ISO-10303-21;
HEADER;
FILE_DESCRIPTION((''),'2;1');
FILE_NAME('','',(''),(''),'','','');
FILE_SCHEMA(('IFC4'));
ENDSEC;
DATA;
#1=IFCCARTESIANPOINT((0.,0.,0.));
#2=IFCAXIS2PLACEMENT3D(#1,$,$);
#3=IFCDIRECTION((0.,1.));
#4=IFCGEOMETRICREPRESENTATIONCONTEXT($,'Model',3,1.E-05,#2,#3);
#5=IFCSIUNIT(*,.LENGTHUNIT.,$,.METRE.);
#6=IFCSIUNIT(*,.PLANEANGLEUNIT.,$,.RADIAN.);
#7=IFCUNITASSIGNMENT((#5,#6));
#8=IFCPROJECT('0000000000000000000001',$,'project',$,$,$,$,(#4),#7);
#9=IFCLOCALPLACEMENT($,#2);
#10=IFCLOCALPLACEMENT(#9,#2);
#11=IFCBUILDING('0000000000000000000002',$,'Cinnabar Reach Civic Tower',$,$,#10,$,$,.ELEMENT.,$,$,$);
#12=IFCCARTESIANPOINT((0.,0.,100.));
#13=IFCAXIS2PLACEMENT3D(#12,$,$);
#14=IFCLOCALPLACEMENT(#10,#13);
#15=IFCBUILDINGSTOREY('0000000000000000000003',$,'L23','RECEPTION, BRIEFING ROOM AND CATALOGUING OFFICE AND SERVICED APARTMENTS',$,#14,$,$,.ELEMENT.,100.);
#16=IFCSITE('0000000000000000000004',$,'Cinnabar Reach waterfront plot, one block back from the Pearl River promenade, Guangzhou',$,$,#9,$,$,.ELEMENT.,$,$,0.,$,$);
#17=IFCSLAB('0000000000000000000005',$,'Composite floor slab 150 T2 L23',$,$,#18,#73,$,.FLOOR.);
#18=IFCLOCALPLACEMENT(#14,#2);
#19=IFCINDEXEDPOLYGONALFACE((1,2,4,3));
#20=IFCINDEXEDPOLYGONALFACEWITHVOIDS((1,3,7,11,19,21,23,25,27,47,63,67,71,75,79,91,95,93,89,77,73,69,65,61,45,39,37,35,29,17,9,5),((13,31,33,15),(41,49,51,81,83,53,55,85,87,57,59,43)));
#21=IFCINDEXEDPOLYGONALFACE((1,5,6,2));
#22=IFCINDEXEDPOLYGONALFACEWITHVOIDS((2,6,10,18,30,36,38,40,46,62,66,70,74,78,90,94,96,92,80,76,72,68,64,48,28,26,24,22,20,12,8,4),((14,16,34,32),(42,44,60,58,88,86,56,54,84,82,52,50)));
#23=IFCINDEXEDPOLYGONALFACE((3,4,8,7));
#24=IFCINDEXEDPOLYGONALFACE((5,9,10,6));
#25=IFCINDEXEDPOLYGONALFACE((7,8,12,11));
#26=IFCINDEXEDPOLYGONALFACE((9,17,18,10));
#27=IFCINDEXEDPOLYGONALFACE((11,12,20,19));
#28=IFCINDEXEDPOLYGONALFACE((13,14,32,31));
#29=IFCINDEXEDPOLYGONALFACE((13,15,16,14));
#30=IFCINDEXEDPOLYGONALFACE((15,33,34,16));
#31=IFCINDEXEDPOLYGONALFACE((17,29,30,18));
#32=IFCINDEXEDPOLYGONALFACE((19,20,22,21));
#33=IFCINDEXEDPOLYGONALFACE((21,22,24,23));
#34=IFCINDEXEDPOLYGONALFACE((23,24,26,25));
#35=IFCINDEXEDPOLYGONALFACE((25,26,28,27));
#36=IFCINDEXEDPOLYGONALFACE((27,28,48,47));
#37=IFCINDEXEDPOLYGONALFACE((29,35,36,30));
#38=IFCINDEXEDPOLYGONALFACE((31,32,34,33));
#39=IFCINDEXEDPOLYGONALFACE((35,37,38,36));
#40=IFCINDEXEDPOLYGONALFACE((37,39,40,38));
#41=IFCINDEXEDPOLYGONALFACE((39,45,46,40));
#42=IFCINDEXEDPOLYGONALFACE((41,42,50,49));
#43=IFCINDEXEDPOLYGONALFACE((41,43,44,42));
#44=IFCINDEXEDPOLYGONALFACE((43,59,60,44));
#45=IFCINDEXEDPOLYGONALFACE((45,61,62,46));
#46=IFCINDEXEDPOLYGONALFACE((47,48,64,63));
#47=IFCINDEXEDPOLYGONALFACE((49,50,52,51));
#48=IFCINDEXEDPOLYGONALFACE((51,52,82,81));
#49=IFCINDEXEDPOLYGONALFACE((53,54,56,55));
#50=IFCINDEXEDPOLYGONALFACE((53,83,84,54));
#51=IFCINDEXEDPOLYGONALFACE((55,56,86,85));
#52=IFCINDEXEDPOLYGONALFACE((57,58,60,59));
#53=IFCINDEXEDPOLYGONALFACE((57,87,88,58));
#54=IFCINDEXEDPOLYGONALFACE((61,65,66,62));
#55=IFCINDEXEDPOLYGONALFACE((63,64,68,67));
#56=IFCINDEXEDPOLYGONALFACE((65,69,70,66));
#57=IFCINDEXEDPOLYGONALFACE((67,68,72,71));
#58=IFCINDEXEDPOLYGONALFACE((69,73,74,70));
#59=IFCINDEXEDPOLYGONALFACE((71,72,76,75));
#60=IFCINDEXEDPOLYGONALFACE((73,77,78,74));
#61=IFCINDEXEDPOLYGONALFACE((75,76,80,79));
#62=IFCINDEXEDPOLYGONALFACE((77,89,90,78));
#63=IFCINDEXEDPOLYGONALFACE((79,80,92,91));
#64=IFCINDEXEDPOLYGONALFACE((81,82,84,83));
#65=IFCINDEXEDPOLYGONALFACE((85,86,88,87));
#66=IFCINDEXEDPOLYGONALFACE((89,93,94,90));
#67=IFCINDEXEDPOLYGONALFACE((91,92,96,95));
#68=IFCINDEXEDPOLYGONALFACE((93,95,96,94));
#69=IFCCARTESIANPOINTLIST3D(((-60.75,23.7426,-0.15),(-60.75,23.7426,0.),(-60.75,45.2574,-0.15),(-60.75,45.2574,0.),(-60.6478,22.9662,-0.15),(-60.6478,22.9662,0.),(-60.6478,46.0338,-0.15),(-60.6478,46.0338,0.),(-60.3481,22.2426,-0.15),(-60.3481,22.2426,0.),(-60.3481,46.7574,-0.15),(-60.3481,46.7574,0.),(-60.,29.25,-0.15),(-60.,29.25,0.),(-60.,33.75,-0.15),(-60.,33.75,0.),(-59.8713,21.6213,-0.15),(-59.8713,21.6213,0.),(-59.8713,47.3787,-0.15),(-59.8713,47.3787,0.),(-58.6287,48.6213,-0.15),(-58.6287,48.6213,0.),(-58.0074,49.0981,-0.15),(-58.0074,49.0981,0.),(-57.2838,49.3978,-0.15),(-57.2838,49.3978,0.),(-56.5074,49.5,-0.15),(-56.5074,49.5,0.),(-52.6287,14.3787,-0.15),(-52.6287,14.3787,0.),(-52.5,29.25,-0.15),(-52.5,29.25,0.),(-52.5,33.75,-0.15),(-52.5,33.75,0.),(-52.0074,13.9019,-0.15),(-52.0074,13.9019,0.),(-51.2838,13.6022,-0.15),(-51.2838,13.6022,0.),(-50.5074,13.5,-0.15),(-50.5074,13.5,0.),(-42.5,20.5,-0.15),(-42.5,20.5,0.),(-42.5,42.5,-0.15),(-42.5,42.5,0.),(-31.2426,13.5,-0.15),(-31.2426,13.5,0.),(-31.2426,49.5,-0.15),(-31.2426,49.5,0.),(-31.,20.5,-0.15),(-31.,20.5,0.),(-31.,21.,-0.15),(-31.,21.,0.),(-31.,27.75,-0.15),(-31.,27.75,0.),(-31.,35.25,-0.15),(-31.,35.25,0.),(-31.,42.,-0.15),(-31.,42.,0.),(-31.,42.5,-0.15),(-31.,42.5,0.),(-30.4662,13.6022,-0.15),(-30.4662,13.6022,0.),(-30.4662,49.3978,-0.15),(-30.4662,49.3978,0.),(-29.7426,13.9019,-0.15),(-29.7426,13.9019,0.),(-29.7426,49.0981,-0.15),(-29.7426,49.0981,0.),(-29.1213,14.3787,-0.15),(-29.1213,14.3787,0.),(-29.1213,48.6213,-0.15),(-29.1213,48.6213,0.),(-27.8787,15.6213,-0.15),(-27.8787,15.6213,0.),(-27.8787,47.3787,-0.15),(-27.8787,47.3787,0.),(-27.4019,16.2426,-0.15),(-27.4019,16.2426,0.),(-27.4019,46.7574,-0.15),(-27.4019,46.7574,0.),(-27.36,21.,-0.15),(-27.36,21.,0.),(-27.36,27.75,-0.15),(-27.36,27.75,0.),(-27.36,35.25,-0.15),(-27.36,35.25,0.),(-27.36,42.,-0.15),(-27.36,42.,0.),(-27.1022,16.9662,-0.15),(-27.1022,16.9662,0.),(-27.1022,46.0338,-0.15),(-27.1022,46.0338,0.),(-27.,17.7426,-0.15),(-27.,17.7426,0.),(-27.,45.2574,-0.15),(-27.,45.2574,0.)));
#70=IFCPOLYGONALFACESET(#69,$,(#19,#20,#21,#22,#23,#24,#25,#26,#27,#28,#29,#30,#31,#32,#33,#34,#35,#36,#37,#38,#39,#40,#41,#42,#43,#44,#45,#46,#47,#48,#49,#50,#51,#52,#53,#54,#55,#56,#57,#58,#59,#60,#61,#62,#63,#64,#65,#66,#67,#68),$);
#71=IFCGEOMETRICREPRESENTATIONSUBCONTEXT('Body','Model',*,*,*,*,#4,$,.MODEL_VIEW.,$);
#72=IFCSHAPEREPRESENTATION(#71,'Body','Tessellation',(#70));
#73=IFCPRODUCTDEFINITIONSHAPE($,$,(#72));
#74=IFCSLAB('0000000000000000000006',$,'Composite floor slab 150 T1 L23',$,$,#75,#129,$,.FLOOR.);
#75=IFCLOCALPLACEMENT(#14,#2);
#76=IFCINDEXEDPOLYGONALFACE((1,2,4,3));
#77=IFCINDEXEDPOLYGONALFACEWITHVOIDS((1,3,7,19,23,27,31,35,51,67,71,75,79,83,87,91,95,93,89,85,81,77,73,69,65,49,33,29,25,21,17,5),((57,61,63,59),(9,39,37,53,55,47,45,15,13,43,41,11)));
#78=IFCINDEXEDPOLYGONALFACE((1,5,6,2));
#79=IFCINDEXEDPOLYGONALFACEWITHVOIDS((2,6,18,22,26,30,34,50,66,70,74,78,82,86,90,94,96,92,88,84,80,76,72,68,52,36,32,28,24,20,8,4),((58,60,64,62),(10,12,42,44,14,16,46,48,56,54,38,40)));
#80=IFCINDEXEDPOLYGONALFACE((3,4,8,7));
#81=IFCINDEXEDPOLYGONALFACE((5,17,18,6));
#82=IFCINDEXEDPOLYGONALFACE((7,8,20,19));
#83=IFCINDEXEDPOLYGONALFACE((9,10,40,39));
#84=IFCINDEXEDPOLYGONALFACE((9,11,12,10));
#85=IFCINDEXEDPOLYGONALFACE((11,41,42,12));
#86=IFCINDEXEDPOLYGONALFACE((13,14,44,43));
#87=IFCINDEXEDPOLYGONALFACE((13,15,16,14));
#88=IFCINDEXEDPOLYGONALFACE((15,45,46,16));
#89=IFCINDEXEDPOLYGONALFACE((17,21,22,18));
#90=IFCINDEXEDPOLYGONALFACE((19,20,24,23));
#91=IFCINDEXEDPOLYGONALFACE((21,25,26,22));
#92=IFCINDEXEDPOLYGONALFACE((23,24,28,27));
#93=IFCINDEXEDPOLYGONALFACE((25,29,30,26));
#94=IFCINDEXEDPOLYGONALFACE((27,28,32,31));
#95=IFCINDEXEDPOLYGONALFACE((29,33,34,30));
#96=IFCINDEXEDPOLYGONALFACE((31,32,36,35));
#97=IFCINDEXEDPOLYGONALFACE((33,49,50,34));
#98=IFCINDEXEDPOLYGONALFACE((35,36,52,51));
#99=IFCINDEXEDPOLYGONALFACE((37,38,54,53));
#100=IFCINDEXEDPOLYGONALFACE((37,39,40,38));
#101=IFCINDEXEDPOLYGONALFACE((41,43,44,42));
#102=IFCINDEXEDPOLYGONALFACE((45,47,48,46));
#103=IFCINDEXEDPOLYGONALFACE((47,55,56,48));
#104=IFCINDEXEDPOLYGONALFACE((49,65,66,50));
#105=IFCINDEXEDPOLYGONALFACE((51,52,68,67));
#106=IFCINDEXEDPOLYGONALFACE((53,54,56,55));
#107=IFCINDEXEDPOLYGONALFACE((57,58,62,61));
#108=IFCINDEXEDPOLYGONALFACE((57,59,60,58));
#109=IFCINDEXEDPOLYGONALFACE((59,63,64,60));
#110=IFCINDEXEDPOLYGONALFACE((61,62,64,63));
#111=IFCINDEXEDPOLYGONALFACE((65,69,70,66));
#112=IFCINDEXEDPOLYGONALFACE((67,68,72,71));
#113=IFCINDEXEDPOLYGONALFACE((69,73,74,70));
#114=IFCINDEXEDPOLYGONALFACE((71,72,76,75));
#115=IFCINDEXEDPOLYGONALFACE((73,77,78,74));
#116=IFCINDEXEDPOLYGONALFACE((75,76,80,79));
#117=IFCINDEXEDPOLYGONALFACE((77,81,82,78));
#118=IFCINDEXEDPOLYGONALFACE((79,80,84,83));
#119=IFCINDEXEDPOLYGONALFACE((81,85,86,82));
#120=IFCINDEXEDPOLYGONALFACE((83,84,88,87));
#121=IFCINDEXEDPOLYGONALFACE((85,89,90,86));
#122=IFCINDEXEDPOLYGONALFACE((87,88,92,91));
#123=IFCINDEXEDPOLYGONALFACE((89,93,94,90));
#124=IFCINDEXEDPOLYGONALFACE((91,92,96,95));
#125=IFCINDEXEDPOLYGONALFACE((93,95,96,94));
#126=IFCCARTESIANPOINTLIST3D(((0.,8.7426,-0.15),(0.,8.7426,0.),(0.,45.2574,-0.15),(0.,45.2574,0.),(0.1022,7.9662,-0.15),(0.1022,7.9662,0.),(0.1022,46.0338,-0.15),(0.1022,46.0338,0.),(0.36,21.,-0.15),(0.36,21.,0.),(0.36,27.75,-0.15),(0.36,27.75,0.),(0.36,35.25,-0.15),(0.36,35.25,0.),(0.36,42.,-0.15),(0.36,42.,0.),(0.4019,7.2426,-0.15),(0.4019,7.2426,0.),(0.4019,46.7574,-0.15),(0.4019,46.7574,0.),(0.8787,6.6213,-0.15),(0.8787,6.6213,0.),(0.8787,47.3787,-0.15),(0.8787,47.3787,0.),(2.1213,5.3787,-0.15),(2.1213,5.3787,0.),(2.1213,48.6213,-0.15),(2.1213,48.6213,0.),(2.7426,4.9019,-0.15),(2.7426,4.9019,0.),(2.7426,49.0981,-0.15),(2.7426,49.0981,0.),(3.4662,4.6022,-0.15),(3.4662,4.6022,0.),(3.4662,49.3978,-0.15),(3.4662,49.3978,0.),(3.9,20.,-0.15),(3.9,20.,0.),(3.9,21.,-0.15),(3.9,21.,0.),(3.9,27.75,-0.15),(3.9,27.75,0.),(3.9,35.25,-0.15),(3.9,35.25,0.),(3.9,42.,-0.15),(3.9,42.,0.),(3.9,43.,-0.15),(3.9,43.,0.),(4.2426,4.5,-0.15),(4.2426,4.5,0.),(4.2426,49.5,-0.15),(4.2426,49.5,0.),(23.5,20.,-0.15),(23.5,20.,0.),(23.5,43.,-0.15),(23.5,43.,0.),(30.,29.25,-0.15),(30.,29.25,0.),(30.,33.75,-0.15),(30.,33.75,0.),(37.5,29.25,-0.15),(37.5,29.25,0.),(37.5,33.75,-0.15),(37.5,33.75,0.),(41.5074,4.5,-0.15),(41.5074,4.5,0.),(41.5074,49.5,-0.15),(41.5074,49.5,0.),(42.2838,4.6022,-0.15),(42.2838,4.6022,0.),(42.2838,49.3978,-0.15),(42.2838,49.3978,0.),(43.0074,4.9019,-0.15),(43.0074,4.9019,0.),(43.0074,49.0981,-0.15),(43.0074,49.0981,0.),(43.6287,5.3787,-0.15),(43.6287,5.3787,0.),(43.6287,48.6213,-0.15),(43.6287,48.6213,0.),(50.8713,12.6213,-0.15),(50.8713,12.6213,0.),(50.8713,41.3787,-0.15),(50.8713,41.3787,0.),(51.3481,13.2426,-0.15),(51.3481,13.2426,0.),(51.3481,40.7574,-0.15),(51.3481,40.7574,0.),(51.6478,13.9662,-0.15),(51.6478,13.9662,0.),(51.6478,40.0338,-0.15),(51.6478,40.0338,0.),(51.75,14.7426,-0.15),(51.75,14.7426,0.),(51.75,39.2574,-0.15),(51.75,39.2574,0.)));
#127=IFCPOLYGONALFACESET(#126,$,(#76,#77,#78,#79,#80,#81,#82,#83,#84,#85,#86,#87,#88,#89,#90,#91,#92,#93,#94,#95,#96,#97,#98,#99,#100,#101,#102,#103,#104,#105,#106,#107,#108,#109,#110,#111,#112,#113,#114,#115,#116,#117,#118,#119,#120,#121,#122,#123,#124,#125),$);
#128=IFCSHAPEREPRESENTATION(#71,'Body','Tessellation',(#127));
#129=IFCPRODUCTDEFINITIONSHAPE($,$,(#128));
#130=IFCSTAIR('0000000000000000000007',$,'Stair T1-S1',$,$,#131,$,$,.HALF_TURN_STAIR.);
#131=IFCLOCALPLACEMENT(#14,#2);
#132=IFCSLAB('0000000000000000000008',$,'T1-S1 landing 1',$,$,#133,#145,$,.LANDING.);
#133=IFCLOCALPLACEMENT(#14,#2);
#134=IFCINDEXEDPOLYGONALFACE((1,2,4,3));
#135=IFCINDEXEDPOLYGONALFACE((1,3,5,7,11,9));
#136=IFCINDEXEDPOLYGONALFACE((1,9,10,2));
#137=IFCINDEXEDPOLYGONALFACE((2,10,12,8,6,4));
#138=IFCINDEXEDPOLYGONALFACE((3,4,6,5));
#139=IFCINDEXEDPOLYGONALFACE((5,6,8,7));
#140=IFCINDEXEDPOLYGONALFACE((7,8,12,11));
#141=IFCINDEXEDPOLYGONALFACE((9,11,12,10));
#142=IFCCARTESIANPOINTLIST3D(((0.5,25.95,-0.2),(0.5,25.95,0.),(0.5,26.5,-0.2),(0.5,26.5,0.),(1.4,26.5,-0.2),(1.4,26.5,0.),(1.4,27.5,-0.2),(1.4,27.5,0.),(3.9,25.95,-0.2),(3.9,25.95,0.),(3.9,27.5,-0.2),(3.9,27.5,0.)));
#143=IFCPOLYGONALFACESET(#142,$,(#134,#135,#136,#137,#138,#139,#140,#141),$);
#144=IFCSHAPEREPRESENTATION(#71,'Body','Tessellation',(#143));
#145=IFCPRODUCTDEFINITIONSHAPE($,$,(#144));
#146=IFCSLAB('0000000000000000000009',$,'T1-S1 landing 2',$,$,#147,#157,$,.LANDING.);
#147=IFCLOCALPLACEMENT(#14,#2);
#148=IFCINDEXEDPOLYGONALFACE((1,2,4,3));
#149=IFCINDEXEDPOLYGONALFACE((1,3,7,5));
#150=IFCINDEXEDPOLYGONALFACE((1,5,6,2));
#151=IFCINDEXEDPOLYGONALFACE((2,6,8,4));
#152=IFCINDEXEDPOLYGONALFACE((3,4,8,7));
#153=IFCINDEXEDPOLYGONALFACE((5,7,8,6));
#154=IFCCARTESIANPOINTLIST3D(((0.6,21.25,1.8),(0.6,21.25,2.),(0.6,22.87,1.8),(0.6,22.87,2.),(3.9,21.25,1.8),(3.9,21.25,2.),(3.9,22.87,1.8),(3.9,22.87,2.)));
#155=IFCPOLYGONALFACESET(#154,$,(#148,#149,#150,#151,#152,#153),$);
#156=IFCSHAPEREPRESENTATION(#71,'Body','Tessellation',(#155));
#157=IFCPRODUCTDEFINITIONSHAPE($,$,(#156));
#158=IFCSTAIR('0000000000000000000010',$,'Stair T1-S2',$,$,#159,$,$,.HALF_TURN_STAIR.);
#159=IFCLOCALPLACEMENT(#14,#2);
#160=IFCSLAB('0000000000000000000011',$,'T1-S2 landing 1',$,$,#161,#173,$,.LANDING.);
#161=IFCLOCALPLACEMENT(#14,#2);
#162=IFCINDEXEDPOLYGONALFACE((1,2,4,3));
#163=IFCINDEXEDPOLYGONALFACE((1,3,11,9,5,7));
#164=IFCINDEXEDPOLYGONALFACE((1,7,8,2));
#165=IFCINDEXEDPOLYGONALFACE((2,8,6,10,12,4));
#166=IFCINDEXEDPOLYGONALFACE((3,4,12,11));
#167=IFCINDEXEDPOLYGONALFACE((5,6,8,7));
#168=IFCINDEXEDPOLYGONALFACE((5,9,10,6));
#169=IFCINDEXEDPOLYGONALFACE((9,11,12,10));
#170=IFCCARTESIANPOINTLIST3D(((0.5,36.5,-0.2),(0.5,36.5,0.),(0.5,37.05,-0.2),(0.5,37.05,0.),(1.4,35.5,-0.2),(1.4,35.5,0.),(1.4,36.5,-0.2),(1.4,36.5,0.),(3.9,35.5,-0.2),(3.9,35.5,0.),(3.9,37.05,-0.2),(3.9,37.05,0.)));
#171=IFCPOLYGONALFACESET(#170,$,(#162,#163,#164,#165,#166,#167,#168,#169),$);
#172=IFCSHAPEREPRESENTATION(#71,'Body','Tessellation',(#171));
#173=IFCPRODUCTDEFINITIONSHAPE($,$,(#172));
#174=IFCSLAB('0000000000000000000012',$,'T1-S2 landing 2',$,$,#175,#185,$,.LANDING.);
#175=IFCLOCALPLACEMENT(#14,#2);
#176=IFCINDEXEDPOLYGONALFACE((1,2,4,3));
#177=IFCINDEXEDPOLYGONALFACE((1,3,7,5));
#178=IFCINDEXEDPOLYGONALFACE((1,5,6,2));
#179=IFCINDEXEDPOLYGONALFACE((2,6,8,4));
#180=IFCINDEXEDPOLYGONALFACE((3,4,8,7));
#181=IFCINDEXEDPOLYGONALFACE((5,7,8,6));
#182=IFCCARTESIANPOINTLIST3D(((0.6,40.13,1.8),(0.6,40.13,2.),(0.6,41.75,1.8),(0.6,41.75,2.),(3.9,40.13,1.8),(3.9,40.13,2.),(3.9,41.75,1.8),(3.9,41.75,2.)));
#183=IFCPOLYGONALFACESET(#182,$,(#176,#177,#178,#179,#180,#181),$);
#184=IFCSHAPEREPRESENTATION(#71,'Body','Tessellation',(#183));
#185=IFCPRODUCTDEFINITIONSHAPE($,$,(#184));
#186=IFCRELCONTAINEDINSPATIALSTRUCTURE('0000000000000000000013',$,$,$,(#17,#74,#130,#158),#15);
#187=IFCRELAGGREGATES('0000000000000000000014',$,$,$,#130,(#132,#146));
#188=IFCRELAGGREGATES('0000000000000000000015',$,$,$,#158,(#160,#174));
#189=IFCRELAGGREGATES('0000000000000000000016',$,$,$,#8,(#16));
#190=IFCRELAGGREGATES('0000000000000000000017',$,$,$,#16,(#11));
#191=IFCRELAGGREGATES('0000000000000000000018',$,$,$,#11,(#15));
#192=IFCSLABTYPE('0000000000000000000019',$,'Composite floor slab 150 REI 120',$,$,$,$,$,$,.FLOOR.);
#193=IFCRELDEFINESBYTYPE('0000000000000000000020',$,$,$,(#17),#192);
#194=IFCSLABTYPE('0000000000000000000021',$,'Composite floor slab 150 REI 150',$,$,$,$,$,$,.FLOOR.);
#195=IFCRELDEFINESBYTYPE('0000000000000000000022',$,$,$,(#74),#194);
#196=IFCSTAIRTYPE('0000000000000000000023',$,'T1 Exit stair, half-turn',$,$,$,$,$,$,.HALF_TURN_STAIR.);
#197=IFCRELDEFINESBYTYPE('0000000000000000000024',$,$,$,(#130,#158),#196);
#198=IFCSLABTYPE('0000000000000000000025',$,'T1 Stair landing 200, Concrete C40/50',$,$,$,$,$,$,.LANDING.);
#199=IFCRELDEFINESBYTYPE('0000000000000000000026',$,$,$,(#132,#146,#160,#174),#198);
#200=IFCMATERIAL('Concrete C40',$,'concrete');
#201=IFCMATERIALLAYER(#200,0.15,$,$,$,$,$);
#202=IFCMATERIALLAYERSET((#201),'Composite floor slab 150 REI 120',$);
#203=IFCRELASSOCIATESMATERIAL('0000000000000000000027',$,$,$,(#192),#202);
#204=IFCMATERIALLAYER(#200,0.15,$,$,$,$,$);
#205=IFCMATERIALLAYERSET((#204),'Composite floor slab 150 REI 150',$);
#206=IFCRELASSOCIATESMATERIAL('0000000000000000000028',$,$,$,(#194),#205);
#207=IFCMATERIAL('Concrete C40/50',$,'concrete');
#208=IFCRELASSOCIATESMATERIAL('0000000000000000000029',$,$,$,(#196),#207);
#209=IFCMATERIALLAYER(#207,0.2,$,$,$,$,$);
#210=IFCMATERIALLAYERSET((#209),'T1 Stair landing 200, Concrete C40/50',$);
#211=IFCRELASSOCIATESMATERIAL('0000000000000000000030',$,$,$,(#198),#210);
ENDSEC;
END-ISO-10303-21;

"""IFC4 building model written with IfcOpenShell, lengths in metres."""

from ifc_helpers import new_model, si_unit, direction, frame, origin, place, context, subcontext, project, spatial, polyline, outline, extrude, material, layer, layer_set, type_object, element, aggregate, save


model = new_model("IFC4")

# Units and contexts
model_context = context("Model", 3, precision=1e-05, world=origin(), true_north=direction((0.0, 1.0)))
body_context = subcontext(model_context, "Body", "Model", "MODEL_VIEW")
ifc_project = project(units=[si_unit("LENGTHUNIT", "METRE"), si_unit("PLANEANGLEUNIT", "RADIAN")], contexts=[model_context])

# Site, building, storey
site_placement = place(None, origin())
site = spatial("IfcSite", under=ifc_project, at=site_placement, Name="Cinnabar Reach waterfront plot, one block back from the Pearl River promenade, Guangzhou", CompositionType="ELEMENT", RefElevation=0.0)
building_placement = place(site_placement, origin())
building = spatial("IfcBuilding", under=site, at=building_placement, Name="Cinnabar Reach Civic Tower", CompositionType="ELEMENT")
storey_placement = place(building_placement, frame((0.0, 0.0, 100.0)))
storey = spatial("IfcBuildingStorey", under=building, at=storey_placement, Name="L23", Description="RECEPTION, BRIEFING ROOM AND CATALOGUING OFFICE AND SERVICED APARTMENTS", CompositionType="ELEMENT", Elevation=100.0)

# Slabs
ifc_material_1 = material(Name="Concrete C40", Category="concrete")
ifc_layer_1 = layer(ifc_material_1, 0.15)
ifc_layer_set_1 = layer_set([ifc_layer_1], Name="Composite floor slab 150 REI 120")
slab_type_1 = type_object("IfcSlabType", Name="Composite floor slab 150 REI 120", PredefinedType="FLOOR", material=ifc_layer_set_1)
slab_1_placement = place(storey_placement, frame((0.0, 0.0, -0.15)))
element("IfcSlab", 1, at=slab_1_placement, inside=storey, type_object=slab_type_1, Name="Composite floor slab 150 T2 L23", PredefinedType="FLOOR", context=body_context, shape_type="SweptSolid", body=[
    extrude(outline(polyline([(-59.8713, 21.6213), (-60.3481, 22.2426), (-60.6478, 22.9662), (-60.75, 23.7426), (-60.75, 45.2574), (-60.6478, 46.0338), (-60.3481, 46.7574), (-59.8713, 47.3787), (-58.6287, 48.6213), (-58.0074, 49.0981), (-57.2838, 49.3978), (-56.5074, 49.5), (-31.2426, 49.5), (-30.4662, 49.3978), (-29.7426, 49.0981), (-29.1213, 48.6213), (-27.8787, 47.3787), (-27.4019, 46.7574), (-27.1022, 46.0338), (-27.0, 45.2574), (-27.0, 17.7426), (-27.1022, 16.9662), (-27.4019, 16.2426), (-27.8787, 15.6213), (-29.1213, 14.3787), (-29.7426, 13.9019), (-30.4662, 13.6022), (-31.2426, 13.5), (-50.5074, 13.5), (-51.2838, 13.6022), (-52.0074, 13.9019), (-52.6287, 14.3787), (-59.8713, 21.6213)]), holes=[polyline([(-31.0, 27.75), (-31.0, 35.25), (-27.36, 35.25), (-27.36, 42.0), (-31.0, 42.0), (-31.0, 42.5), (-42.5, 42.5), (-42.5, 20.5), (-31.0, 20.5), (-31.0, 21.0), (-27.36, 21.0), (-27.36, 27.75), (-31.0, 27.75)]), polyline([(-60.0, 33.75), (-60.0, 29.25), (-52.5, 29.25), (-52.5, 33.75), (-60.0, 33.75)])]), origin(), (0.0, 0.0, 1.0), 0.15),
])
ifc_layer_2 = layer(ifc_material_1, 0.15)
ifc_layer_set_2 = layer_set([ifc_layer_2], Name="Composite floor slab 150 REI 150")
slab_type_2 = type_object("IfcSlabType", Name="Composite floor slab 150 REI 150", PredefinedType="FLOOR", material=ifc_layer_set_2)
slab_2_placement = place(storey_placement, frame((0.0, 0.0, -0.15)))
element("IfcSlab", 2, at=slab_2_placement, inside=storey, type_object=slab_type_2, Name="Composite floor slab 150 T1 L23", PredefinedType="FLOOR", context=body_context, shape_type="SweptSolid", body=[
    extrude(outline(polyline([(0.8787, 6.6213), (0.4019, 7.2426), (0.1022, 7.9662), (0.0, 8.7426), (0.0, 45.2574), (0.1022, 46.0338), (0.4019, 46.7574), (0.8787, 47.3787), (2.1213, 48.6213), (2.7426, 49.0981), (3.4662, 49.3978), (4.2426, 49.5), (41.5074, 49.5), (42.2838, 49.3978), (43.0074, 49.0981), (43.6287, 48.6213), (50.8713, 41.3787), (51.3481, 40.7574), (51.6478, 40.0338), (51.75, 39.2574), (51.75, 14.7426), (51.6478, 13.9662), (51.3481, 13.2426), (50.8713, 12.6213), (43.6287, 5.3787), (43.0074, 4.9019), (42.2838, 4.6022), (41.5074, 4.5), (4.2426, 4.5), (3.4662, 4.6022), (2.7426, 4.9019), (2.1213, 5.3787), (0.8787, 6.6213)]), holes=[polyline([(0.36, 21.0), (3.9, 21.0), (3.9, 20.0), (23.5, 20.0), (23.5, 43.0), (3.9, 43.0), (3.9, 42.0), (0.36, 42.0), (0.36, 35.25), (3.9, 35.25), (3.9, 27.75), (0.36, 27.75), (0.36, 21.0)]), polyline([(30.0, 33.75), (30.0, 29.25), (37.5, 29.25), (37.5, 33.75), (30.0, 33.75)])]), origin(), (0.0, 0.0, 1.0), 0.15),
])

# Stairs, slabs
ifc_material_2 = material(Name="Concrete C40/50", Category="concrete")
stair_type = type_object("IfcStairType", Name="T1 Exit stair, half-turn", PredefinedType="HALF_TURN_STAIR", material=ifc_material_2)
stair_1_placement = place(storey_placement, origin())
stair_1 = element("IfcStair", 3, at=stair_1_placement, inside=storey, type_object=stair_type, Name="Stair T1-S1", PredefinedType="HALF_TURN_STAIR")
ifc_layer_3 = layer(ifc_material_2, 0.2)
ifc_layer_set_3 = layer_set([ifc_layer_3], Name="T1 Stair landing 200, Concrete C40/50")
slab_type_3 = type_object("IfcSlabType", Name="T1 Stair landing 200, Concrete C40/50", PredefinedType="LANDING", material=ifc_layer_set_3)
slab_3_placement = place(storey_placement, frame((0.0, 0.0, -0.2)))
slab_3 = element("IfcSlab", 4, at=slab_3_placement, type_object=slab_type_3, Name="T1-S1 landing 1", PredefinedType="LANDING", context=body_context, shape_type="SweptSolid", body=[
    extrude(outline(polyline([(3.9, 27.5), (3.9, 25.95), (0.5, 25.95), (0.5, 26.5), (1.4, 26.5), (1.4, 27.5), (3.9, 27.5)])), origin(), (0.0, 0.0, 1.0), 0.2),
])
slab_4_placement = place(storey_placement, frame((0.0, 0.0, 1.8)))
slab_4 = element("IfcSlab", 5, at=slab_4_placement, type_object=slab_type_3, Name="T1-S1 landing 2", PredefinedType="LANDING", context=body_context, shape_type="SweptSolid", body=[
    extrude(outline(polyline([(0.6, 21.25), (0.6, 22.87), (3.9, 22.87), (3.9, 21.25), (0.6, 21.25)])), origin(), (0.0, 0.0, 1.0), 0.2),
])
aggregate(stair_1, [slab_3, slab_4])
stair_2_placement = place(storey_placement, origin())
stair_2 = element("IfcStair", 6, at=stair_2_placement, inside=storey, type_object=stair_type, Name="Stair T1-S2", PredefinedType="HALF_TURN_STAIR")
slab_5_placement = place(storey_placement, frame((0.0, 0.0, -0.2)))
slab_5 = element("IfcSlab", 7, at=slab_5_placement, type_object=slab_type_3, Name="T1-S2 landing 1", PredefinedType="LANDING", context=body_context, shape_type="SweptSolid", body=[
    extrude(outline(polyline([(0.5, 37.05), (3.9, 37.05), (3.9, 35.5), (1.4, 35.5), (1.4, 36.5), (0.5, 36.5), (0.5, 37.05)])), origin(), (0.0, 0.0, 1.0), 0.2),
])
slab_6_placement = place(storey_placement, frame((0.0, 0.0, 1.8)))
slab_6 = element("IfcSlab", 8, at=slab_6_placement, type_object=slab_type_3, Name="T1-S2 landing 2", PredefinedType="LANDING", context=body_context, shape_type="SweptSolid", body=[
    extrude(outline(polyline([(0.6, 40.13), (0.6, 41.75), (3.9, 41.75), (3.9, 40.13), (0.6, 40.13)])), origin(), (0.0, 0.0, 1.0), 0.2),
])
aggregate(stair_2, [slab_5, slab_6])

save(model, "model.ifc")
